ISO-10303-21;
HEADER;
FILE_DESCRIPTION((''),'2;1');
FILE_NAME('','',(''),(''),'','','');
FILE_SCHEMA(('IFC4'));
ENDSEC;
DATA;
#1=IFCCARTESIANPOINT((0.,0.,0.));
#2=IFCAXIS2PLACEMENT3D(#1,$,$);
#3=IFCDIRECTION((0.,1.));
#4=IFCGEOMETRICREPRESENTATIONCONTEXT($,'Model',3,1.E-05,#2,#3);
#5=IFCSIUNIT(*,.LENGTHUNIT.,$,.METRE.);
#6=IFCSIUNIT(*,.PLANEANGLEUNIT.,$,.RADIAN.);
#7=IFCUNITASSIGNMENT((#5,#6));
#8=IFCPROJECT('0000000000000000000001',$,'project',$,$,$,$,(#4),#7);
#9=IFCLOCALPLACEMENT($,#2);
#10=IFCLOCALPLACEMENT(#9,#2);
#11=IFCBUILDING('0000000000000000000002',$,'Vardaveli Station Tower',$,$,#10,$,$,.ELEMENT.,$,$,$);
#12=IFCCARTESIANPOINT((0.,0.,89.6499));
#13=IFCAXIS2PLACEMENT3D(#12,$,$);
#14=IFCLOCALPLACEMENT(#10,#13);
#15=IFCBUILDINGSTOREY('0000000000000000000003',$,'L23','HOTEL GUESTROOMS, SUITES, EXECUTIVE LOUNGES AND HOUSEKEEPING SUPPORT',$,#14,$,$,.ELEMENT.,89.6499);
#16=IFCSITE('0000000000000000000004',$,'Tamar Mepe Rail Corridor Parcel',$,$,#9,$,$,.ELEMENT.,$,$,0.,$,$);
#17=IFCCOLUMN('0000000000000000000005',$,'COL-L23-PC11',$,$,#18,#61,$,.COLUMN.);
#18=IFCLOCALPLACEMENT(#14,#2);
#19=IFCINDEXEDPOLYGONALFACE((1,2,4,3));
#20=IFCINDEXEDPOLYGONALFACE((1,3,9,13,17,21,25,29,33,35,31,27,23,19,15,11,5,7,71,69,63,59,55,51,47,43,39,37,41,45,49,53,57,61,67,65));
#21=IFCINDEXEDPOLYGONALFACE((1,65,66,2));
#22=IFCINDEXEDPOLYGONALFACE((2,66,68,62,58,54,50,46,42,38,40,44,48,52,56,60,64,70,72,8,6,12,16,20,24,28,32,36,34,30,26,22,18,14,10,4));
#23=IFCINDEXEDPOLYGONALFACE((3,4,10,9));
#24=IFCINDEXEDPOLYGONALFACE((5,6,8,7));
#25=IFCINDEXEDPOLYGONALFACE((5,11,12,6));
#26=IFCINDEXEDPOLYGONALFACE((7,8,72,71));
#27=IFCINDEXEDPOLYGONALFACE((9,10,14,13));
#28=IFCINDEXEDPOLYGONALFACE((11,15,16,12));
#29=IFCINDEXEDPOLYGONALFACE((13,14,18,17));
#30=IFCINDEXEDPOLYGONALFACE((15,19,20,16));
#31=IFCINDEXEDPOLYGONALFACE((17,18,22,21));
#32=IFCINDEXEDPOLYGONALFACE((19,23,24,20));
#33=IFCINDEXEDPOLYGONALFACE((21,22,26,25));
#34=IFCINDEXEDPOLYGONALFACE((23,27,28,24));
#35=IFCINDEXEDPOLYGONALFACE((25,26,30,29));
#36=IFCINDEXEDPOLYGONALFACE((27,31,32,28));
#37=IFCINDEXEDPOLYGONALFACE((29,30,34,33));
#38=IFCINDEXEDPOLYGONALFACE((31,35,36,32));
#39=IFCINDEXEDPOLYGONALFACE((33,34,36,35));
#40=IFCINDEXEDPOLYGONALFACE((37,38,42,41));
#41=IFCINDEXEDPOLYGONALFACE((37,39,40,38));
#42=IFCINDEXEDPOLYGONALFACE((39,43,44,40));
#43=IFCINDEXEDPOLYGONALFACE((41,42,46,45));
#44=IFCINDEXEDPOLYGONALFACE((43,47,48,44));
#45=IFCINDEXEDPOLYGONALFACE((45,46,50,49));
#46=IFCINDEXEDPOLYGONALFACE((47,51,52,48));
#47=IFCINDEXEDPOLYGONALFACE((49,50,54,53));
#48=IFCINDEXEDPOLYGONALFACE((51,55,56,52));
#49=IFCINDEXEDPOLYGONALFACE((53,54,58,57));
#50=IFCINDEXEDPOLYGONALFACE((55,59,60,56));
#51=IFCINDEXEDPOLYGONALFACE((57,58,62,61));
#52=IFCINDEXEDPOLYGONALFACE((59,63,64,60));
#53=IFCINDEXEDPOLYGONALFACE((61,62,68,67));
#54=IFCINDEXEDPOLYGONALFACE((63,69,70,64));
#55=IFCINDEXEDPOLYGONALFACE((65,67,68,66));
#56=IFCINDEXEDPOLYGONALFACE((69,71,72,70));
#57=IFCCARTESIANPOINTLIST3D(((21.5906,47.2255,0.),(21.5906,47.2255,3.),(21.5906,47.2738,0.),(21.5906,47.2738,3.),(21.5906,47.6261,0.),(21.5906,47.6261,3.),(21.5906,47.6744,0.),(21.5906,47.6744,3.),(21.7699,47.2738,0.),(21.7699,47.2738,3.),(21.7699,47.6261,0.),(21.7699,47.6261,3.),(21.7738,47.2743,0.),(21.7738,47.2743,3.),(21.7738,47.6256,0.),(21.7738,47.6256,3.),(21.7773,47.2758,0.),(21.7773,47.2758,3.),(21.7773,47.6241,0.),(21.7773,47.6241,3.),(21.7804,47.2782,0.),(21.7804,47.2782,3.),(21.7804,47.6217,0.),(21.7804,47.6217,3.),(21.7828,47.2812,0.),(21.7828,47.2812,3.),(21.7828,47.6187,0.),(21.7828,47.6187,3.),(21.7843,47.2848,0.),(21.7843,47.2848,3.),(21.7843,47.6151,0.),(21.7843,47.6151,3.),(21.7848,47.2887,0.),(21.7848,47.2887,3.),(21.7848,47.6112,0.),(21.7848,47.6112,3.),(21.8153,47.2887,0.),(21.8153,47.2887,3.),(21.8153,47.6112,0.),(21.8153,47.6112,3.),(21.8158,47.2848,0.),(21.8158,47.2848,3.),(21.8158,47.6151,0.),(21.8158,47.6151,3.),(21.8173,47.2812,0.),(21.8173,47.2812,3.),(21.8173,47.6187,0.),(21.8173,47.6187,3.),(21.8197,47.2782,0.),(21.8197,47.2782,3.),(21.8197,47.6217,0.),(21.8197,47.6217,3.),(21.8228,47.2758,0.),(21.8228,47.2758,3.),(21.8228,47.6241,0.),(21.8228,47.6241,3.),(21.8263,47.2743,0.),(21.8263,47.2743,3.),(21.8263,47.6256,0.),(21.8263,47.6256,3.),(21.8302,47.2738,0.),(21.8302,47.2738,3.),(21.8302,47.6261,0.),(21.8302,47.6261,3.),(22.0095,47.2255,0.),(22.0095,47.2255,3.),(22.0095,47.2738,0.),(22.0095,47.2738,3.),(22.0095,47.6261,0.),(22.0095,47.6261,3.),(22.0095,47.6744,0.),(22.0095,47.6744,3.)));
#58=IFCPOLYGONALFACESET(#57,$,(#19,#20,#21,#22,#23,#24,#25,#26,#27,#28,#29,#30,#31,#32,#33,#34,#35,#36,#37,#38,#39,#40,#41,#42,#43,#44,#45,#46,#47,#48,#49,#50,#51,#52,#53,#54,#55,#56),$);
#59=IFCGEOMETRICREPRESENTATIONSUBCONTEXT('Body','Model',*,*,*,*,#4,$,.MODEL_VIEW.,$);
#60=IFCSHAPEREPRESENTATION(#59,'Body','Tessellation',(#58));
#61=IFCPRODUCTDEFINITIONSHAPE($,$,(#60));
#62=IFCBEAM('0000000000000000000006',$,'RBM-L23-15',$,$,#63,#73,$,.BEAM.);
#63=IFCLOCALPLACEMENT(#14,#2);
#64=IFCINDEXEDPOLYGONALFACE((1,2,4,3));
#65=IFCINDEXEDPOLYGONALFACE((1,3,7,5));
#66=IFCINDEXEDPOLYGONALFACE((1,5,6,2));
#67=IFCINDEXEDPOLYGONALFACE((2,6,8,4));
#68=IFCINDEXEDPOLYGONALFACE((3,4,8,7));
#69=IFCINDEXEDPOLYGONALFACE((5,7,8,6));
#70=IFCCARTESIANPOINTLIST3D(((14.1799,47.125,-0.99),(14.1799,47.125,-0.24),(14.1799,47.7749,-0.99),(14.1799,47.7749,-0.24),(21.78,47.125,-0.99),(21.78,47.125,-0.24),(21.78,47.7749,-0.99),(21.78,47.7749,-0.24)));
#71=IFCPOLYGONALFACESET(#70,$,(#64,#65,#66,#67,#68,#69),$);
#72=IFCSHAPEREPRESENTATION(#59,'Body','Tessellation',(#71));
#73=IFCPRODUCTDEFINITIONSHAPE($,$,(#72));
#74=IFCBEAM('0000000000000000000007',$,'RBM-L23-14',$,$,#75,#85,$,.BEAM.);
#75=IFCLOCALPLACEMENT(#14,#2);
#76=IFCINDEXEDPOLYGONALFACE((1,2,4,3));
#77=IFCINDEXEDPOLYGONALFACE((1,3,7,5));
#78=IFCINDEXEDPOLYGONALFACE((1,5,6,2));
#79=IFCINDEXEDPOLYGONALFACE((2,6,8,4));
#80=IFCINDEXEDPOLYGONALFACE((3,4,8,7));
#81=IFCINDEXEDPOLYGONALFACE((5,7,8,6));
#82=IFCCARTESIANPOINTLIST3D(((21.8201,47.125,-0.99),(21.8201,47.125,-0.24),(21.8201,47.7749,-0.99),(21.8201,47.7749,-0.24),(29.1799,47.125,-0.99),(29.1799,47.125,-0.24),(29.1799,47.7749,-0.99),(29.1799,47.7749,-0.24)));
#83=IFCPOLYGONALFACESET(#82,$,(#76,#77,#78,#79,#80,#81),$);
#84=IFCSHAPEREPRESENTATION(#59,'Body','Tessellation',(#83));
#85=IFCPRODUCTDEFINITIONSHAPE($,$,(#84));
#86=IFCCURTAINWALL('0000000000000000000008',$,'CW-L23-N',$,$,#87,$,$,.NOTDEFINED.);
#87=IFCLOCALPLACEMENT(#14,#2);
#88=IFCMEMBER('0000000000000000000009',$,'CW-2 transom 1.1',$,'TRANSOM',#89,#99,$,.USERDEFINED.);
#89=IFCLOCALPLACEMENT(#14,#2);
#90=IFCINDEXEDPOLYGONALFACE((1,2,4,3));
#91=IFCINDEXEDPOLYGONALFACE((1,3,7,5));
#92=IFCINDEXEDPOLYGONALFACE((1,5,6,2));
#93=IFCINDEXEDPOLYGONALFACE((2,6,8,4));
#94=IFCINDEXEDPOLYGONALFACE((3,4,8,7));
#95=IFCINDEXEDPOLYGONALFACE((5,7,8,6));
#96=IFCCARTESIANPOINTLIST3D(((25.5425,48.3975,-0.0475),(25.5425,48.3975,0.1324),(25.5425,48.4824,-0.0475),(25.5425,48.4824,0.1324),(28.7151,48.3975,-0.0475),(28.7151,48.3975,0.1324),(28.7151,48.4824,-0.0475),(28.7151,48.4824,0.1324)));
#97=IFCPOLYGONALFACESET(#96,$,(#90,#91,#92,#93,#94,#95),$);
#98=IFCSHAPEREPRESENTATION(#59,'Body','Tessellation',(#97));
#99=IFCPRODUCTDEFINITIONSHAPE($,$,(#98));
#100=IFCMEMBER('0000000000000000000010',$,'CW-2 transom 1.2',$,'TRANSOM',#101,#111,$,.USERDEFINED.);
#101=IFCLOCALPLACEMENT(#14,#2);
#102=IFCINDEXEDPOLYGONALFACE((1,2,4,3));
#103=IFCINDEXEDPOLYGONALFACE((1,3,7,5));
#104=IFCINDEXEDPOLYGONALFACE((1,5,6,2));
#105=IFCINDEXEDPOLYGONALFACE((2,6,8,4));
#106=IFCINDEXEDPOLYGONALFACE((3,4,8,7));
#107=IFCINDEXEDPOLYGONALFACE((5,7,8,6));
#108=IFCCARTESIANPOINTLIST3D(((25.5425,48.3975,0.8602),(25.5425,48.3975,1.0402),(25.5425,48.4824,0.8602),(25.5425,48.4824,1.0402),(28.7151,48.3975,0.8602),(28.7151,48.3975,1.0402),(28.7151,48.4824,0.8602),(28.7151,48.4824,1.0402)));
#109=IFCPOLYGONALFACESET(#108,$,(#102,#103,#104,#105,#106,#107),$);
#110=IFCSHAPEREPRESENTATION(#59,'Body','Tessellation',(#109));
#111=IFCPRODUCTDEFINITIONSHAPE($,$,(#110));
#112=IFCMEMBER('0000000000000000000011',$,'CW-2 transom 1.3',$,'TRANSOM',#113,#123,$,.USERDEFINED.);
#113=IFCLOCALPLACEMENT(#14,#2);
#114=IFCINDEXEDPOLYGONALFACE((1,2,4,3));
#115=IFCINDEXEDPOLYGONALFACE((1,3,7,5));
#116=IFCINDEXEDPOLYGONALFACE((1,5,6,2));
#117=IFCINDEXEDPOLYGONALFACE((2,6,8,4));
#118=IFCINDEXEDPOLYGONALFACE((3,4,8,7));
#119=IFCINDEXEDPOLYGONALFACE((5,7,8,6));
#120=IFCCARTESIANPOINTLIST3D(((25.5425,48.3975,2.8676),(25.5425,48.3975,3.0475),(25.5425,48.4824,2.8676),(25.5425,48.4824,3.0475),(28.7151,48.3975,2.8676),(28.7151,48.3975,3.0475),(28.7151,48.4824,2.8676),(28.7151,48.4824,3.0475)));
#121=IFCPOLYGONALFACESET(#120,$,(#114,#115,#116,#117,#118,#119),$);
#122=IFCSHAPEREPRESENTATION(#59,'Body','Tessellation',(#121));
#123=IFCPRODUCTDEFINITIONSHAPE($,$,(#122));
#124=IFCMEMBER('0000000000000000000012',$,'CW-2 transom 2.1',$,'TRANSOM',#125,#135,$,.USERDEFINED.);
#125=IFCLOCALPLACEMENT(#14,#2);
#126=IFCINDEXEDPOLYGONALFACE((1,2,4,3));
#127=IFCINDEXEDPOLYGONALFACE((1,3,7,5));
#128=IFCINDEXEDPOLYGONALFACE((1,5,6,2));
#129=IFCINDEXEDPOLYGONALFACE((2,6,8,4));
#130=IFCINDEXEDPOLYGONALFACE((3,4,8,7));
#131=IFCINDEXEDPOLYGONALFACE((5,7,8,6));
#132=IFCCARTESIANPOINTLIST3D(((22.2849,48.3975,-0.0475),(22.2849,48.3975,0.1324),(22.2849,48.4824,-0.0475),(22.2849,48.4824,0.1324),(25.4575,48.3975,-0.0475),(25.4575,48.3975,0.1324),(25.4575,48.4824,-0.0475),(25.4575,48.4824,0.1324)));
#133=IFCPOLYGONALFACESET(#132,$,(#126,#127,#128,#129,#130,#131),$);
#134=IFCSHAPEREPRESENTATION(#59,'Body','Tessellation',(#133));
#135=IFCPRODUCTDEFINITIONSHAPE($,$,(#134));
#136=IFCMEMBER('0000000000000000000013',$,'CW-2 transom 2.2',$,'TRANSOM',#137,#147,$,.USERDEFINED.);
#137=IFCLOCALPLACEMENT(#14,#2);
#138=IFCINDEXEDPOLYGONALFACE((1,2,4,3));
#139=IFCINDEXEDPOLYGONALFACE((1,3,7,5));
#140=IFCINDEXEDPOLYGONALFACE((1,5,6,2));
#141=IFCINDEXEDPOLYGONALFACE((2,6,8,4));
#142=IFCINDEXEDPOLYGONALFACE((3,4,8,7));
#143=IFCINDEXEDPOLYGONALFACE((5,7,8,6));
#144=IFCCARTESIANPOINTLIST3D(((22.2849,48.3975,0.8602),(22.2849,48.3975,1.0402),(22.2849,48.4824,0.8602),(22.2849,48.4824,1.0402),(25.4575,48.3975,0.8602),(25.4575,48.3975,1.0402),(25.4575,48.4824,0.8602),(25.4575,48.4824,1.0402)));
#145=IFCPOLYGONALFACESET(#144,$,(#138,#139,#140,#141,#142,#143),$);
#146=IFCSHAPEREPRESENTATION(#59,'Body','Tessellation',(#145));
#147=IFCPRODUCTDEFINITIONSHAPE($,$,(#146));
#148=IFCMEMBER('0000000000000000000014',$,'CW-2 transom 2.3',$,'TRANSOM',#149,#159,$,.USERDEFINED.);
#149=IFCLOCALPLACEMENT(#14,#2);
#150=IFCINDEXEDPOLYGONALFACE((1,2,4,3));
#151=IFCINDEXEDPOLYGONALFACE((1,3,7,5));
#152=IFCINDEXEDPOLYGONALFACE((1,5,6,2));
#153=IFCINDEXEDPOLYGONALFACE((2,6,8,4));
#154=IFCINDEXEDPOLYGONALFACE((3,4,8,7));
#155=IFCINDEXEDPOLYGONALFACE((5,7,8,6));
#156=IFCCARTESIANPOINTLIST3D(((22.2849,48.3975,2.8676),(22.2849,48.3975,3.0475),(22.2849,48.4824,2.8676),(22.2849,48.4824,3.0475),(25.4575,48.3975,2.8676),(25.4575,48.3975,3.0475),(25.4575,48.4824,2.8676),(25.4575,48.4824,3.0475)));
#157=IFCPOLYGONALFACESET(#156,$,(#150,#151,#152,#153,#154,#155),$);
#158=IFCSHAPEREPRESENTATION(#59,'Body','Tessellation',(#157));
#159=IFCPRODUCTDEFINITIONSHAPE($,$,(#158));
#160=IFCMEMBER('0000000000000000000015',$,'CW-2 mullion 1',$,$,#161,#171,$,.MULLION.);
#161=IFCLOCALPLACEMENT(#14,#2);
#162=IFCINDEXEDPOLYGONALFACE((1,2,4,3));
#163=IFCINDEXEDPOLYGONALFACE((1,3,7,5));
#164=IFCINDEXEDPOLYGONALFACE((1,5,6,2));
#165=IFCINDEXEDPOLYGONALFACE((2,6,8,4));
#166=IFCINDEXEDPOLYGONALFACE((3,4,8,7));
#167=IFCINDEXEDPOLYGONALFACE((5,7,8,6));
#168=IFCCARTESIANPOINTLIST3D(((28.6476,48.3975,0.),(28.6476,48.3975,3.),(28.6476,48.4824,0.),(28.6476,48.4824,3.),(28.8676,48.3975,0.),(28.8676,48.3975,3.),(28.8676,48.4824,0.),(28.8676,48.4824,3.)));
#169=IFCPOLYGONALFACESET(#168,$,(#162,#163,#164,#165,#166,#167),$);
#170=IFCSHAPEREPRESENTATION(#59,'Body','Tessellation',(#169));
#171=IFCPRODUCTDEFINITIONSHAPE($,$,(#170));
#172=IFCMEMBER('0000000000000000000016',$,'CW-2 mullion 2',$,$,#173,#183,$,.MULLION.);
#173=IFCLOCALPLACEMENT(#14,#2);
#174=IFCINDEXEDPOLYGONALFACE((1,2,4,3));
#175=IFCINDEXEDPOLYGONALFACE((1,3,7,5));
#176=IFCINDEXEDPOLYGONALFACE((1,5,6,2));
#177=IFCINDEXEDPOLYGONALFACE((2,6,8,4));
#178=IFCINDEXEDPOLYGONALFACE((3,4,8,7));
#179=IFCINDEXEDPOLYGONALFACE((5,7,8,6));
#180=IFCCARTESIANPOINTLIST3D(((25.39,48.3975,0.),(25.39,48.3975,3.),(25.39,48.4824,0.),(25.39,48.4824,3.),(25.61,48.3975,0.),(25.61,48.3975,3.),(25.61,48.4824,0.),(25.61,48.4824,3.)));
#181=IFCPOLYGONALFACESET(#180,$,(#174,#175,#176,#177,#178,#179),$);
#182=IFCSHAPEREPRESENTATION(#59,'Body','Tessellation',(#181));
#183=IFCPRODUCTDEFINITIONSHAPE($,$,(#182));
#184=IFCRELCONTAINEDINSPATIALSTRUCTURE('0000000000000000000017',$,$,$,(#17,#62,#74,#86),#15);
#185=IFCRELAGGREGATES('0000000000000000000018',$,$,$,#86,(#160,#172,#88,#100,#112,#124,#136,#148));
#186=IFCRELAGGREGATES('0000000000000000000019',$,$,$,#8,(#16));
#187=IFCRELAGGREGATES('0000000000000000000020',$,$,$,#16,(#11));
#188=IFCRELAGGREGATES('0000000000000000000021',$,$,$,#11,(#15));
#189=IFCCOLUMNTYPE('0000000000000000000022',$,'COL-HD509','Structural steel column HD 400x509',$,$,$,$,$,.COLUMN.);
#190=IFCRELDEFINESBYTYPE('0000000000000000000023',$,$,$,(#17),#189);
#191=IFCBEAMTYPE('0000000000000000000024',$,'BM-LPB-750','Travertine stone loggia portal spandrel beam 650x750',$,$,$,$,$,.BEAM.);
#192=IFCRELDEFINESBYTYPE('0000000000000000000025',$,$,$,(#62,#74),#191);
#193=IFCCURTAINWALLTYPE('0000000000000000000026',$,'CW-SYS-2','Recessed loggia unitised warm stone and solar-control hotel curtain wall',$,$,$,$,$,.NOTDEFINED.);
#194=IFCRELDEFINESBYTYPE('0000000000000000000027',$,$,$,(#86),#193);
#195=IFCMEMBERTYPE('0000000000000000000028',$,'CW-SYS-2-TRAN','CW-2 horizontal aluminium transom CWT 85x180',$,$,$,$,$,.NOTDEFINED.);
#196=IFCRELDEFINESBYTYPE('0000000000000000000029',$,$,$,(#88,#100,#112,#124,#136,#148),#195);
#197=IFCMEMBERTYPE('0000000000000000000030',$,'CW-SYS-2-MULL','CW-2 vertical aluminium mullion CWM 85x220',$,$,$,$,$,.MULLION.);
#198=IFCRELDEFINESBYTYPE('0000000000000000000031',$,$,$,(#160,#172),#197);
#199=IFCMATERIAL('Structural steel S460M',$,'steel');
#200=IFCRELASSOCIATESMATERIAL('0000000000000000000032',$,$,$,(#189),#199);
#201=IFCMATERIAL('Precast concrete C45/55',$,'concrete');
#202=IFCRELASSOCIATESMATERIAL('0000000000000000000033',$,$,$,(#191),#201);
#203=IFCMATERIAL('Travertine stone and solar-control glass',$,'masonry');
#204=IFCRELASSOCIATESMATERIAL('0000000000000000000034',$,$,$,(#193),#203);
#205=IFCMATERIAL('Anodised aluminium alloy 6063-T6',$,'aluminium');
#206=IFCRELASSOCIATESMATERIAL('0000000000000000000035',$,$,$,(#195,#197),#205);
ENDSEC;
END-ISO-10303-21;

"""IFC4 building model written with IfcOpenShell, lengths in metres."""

from ifc_helpers import new_model, si_unit, direction, frame, origin, origin_2d, place, context, subcontext, project, spatial, rectangle, i_section, extrude, source, transform, mapped, material, material_profile, profile_set, type_object, element, aggregate, save


model = new_model("IFC4")

# Units and contexts
model_context = context("Model", 3, precision=1e-05, world=origin(), true_north=direction((0.0, 1.0)))
body_context = subcontext(model_context, "Body", "Model", "MODEL_VIEW")
ifc_project = project(units=[si_unit("LENGTHUNIT", "METRE"), si_unit("PLANEANGLEUNIT", "RADIAN")], contexts=[model_context])

# Site, building, storey
site_placement = place(None, origin())
site = spatial("IfcSite", under=ifc_project, at=site_placement, Name="Tamar Mepe Rail Corridor Parcel", CompositionType="ELEMENT", RefElevation=0.0)
building_placement = place(site_placement, origin())
building = spatial("IfcBuilding", under=site, at=building_placement, Name="Vardaveli Station Tower", CompositionType="ELEMENT")
storey_placement = place(building_placement, frame((0.0, 0.0, 89.6499)))
storey = spatial("IfcBuildingStorey", under=building, at=storey_placement, Name="L23", Description="HOTEL GUESTROOMS, SUITES, EXECUTIVE LOUNGES AND HOUSEKEEPING SUPPORT", CompositionType="ELEMENT", Elevation=89.6499)

# Column
ifc_material_1 = material(Name="Structural steel S460M", Category="steel")
ifc_material_profile_1 = material_profile(ifc_material_1, i_section(OverallWidth=0.4189, OverallDepth=0.449, WebThickness=0.0305, FlangeThickness=0.0483, FilletRadius=0.0149, at=origin_2d()), Name="HD 400x509")
ifc_profile_set_1 = profile_set([ifc_material_profile_1], Name="Structural steel S460M")
column_type = type_object("IfcColumnType", Name="COL-HD509", Description="Structural steel column HD 400x509", PredefinedType="COLUMN", material=ifc_profile_set_1)
shared_shape_1 = source(origin(), body_context, "Body", "SweptSolid", [
    extrude(i_section(OverallWidth=0.4189, OverallDepth=0.449, WebThickness=0.0305, FlangeThickness=0.0483, FilletRadius=0.0149, at=origin_2d()), origin(), (0.0, 0.0, 1.0), 3.0),
])
column_placement = place(storey_placement, frame((21.8, 47.45, 0.0), z_axis=(0.0, 0.0, 1.0), x_axis=(1.0, 0.0, 0.0)))
element("IfcColumn", 1, at=column_placement, inside=storey, type_object=column_type, Name="COL-L23-PC11", PredefinedType="COLUMN", context=body_context, shape_type="MappedRepresentation", body=[
    mapped(shared_shape_1, transform((0.0, 0.0, 0.0), scale=1.0)),
])

# Beams
ifc_material_2 = material(Name="Precast concrete C45/55", Category="concrete")
ifc_material_profile_2 = material_profile(ifc_material_2, rectangle(XDim=0.6499, YDim=0.75, at=origin_2d()), Name="LPB 650x750")
ifc_profile_set_2 = profile_set([ifc_material_profile_2], Name="Precast concrete C45/55")
beam_type = type_object("IfcBeamType", Name="BM-LPB-750", Description="Travertine stone loggia portal spandrel beam 650x750", PredefinedType="BEAM", material=ifc_profile_set_2)
shared_shape_2 = source(origin(), body_context, "Body", "SweptSolid", [
    extrude(rectangle(XDim=0.6499, YDim=0.75, at=origin_2d()), origin(), (0.0, 0.0, 1.0), 7.6001),
])
beam_1_placement = place(storey_placement, frame((21.78, 47.45, -0.615), z_axis=(-1.0, 0.0, 0.0), x_axis=(0.0, -1.0, 0.0)))
element("IfcBeam", 2, at=beam_1_placement, inside=storey, type_object=beam_type, Name="RBM-L23-15", PredefinedType="BEAM", context=body_context, shape_type="MappedRepresentation", body=[
    mapped(shared_shape_2, transform((0.0, 0.0, 0.0), scale=1.0)),
])
shared_shape_3 = source(origin(), body_context, "Body", "SweptSolid", [
    extrude(rectangle(XDim=0.6499, YDim=0.75, at=origin_2d()), origin(), (0.0, 0.0, 1.0), 7.3599),
])
beam_2_placement = place(storey_placement, frame((29.1799, 47.45, -0.615), z_axis=(-1.0, 0.0, 0.0), x_axis=(0.0, -1.0, 0.0)))
element("IfcBeam", 3, at=beam_2_placement, inside=storey, type_object=beam_type, Name="RBM-L23-14", PredefinedType="BEAM", context=body_context, shape_type="MappedRepresentation", body=[
    mapped(shared_shape_3, transform((0.0, 0.0, 0.0), scale=1.0)),
])

# Curtain wall, members
ifc_material_3 = material(Name="Travertine stone and solar-control glass", Category="masonry")
curtain_wall_type = type_object("IfcCurtainWallType", Name="CW-SYS-2", Description="Recessed loggia unitised warm stone and solar-control hotel curtain wall", PredefinedType="NOTDEFINED", material=ifc_material_3)
curtain_wall_placement = place(storey_placement, origin())
curtain_wall = element("IfcCurtainWall", 4, at=curtain_wall_placement, inside=storey, type_object=curtain_wall_type, Name="CW-L23-N", PredefinedType="NOTDEFINED")
ifc_material_4 = material(Name="Anodised aluminium alloy 6063-T6", Category="aluminium")
ifc_material_profile_3 = material_profile(ifc_material_4, rectangle(XDim=0.085, YDim=0.1799, at=origin_2d()), Name="CWT 85x180")
ifc_profile_set_3 = profile_set([ifc_material_profile_3], Name="Anodised aluminium alloy 6063-T6")
member_type_1 = type_object("IfcMemberType", Name="CW-SYS-2-TRAN", Description="CW-2 horizontal aluminium transom CWT 85x180", PredefinedType="NOTDEFINED", material=ifc_profile_set_3)
shared_shape_4 = source(origin(), body_context, "Body", "SweptSolid", [
    extrude(rectangle(XDim=0.085, YDim=0.1799, at=origin_2d()), origin(), (0.0, 0.0, 1.0), 3.1726),
])
member_1_placement = place(storey_placement, frame((28.7151, 48.4399, 0.0425), z_axis=(-1.0, 0.0, 0.0), x_axis=(0.0, -1.0, 0.0)))
member_1 = element("IfcMember", 5, at=member_1_placement, type_object=member_type_1, Name="CW-2 transom 1.1", ObjectType="TRANSOM", PredefinedType="USERDEFINED", context=body_context, shape_type="MappedRepresentation", body=[
    mapped(shared_shape_4, transform((0.0, 0.0, 0.0), scale=1.0)),
])
member_2_placement = place(storey_placement, frame((28.7151, 48.4399, 0.9502), z_axis=(-1.0, 0.0, 0.0), x_axis=(0.0, -1.0, 0.0)))
member_2 = element("IfcMember", 6, at=member_2_placement, type_object=member_type_1, Name="CW-2 transom 1.2", ObjectType="TRANSOM", PredefinedType="USERDEFINED", context=body_context, shape_type="MappedRepresentation", body=[
    mapped(shared_shape_4, transform((0.0, 0.0, 0.0), scale=1.0)),
])
member_3_placement = place(storey_placement, frame((28.7151, 48.4399, 2.9575), z_axis=(-1.0, 0.0, 0.0), x_axis=(0.0, -1.0, 0.0)))
member_3 = element("IfcMember", 7, at=member_3_placement, type_object=member_type_1, Name="CW-2 transom 1.3", ObjectType="TRANSOM", PredefinedType="USERDEFINED", context=body_context, shape_type="MappedRepresentation", body=[
    mapped(shared_shape_4, transform((0.0, 0.0, 0.0), scale=1.0)),
])
member_4_placement = place(storey_placement, frame((25.4575, 48.4399, 0.0425), z_axis=(-1.0, 0.0, 0.0), x_axis=(0.0, -1.0, 0.0)))
member_4 = element("IfcMember", 8, at=member_4_placement, type_object=member_type_1, Name="CW-2 transom 2.1", ObjectType="TRANSOM", PredefinedType="USERDEFINED", context=body_context, shape_type="MappedRepresentation", body=[
    mapped(shared_shape_4, transform((0.0, 0.0, 0.0), scale=1.0)),
])
member_5_placement = place(storey_placement, frame((25.4575, 48.4399, 0.9502), z_axis=(-1.0, 0.0, 0.0), x_axis=(0.0, -1.0, 0.0)))
member_5 = element("IfcMember", 9, at=member_5_placement, type_object=member_type_1, Name="CW-2 transom 2.2", ObjectType="TRANSOM", PredefinedType="USERDEFINED", context=body_context, shape_type="MappedRepresentation", body=[
    mapped(shared_shape_4, transform((0.0, 0.0, 0.0), scale=1.0)),
])
member_6_placement = place(storey_placement, frame((25.4575, 48.4399, 2.9575), z_axis=(-1.0, 0.0, 0.0), x_axis=(0.0, -1.0, 0.0)))
member_6 = element("IfcMember", 10, at=member_6_placement, type_object=member_type_1, Name="CW-2 transom 2.3", ObjectType="TRANSOM", PredefinedType="USERDEFINED", context=body_context, shape_type="MappedRepresentation", body=[
    mapped(shared_shape_4, transform((0.0, 0.0, 0.0), scale=1.0)),
])
ifc_material_profile_4 = material_profile(ifc_material_4, rectangle(XDim=0.085, YDim=0.22, at=origin_2d()), Name="CWM 85x220")
ifc_profile_set_4 = profile_set([ifc_material_profile_4], Name="Anodised aluminium alloy 6063-T6")
member_type_2 = type_object("IfcMemberType", Name="CW-SYS-2-MULL", Description="CW-2 vertical aluminium mullion CWM 85x220", PredefinedType="MULLION", material=ifc_profile_set_4)
shared_shape_5 = source(origin(), body_context, "Body", "SweptSolid", [
    extrude(rectangle(XDim=0.085, YDim=0.22, at=origin_2d()), origin(), (0.0, 0.0, 1.0), 3.0),
])
member_7_placement = place(storey_placement, frame((28.7576, 48.4399, 0.0), z_axis=(0.0, 0.0, 1.0), x_axis=(0.0, -1.0, 0.0)))
member_7 = element("IfcMember", 11, at=member_7_placement, type_object=member_type_2, Name="CW-2 mullion 1", PredefinedType="MULLION", context=body_context, shape_type="MappedRepresentation", body=[
    mapped(shared_shape_5, transform((0.0, 0.0, 0.0), scale=1.0)),
])
member_8_placement = place(storey_placement, frame((25.5, 48.4399, 0.0), z_axis=(0.0, 0.0, 1.0), x_axis=(0.0, -1.0, 0.0)))
member_8 = element("IfcMember", 12, at=member_8_placement, type_object=member_type_2, Name="CW-2 mullion 2", PredefinedType="MULLION", context=body_context, shape_type="MappedRepresentation", body=[
    mapped(shared_shape_5, transform((0.0, 0.0, 0.0), scale=1.0)),
])
aggregate(curtain_wall, [member_7, member_8, member_1, member_2, member_3, member_4, member_5, member_6])

save(model, "model.ifc")
